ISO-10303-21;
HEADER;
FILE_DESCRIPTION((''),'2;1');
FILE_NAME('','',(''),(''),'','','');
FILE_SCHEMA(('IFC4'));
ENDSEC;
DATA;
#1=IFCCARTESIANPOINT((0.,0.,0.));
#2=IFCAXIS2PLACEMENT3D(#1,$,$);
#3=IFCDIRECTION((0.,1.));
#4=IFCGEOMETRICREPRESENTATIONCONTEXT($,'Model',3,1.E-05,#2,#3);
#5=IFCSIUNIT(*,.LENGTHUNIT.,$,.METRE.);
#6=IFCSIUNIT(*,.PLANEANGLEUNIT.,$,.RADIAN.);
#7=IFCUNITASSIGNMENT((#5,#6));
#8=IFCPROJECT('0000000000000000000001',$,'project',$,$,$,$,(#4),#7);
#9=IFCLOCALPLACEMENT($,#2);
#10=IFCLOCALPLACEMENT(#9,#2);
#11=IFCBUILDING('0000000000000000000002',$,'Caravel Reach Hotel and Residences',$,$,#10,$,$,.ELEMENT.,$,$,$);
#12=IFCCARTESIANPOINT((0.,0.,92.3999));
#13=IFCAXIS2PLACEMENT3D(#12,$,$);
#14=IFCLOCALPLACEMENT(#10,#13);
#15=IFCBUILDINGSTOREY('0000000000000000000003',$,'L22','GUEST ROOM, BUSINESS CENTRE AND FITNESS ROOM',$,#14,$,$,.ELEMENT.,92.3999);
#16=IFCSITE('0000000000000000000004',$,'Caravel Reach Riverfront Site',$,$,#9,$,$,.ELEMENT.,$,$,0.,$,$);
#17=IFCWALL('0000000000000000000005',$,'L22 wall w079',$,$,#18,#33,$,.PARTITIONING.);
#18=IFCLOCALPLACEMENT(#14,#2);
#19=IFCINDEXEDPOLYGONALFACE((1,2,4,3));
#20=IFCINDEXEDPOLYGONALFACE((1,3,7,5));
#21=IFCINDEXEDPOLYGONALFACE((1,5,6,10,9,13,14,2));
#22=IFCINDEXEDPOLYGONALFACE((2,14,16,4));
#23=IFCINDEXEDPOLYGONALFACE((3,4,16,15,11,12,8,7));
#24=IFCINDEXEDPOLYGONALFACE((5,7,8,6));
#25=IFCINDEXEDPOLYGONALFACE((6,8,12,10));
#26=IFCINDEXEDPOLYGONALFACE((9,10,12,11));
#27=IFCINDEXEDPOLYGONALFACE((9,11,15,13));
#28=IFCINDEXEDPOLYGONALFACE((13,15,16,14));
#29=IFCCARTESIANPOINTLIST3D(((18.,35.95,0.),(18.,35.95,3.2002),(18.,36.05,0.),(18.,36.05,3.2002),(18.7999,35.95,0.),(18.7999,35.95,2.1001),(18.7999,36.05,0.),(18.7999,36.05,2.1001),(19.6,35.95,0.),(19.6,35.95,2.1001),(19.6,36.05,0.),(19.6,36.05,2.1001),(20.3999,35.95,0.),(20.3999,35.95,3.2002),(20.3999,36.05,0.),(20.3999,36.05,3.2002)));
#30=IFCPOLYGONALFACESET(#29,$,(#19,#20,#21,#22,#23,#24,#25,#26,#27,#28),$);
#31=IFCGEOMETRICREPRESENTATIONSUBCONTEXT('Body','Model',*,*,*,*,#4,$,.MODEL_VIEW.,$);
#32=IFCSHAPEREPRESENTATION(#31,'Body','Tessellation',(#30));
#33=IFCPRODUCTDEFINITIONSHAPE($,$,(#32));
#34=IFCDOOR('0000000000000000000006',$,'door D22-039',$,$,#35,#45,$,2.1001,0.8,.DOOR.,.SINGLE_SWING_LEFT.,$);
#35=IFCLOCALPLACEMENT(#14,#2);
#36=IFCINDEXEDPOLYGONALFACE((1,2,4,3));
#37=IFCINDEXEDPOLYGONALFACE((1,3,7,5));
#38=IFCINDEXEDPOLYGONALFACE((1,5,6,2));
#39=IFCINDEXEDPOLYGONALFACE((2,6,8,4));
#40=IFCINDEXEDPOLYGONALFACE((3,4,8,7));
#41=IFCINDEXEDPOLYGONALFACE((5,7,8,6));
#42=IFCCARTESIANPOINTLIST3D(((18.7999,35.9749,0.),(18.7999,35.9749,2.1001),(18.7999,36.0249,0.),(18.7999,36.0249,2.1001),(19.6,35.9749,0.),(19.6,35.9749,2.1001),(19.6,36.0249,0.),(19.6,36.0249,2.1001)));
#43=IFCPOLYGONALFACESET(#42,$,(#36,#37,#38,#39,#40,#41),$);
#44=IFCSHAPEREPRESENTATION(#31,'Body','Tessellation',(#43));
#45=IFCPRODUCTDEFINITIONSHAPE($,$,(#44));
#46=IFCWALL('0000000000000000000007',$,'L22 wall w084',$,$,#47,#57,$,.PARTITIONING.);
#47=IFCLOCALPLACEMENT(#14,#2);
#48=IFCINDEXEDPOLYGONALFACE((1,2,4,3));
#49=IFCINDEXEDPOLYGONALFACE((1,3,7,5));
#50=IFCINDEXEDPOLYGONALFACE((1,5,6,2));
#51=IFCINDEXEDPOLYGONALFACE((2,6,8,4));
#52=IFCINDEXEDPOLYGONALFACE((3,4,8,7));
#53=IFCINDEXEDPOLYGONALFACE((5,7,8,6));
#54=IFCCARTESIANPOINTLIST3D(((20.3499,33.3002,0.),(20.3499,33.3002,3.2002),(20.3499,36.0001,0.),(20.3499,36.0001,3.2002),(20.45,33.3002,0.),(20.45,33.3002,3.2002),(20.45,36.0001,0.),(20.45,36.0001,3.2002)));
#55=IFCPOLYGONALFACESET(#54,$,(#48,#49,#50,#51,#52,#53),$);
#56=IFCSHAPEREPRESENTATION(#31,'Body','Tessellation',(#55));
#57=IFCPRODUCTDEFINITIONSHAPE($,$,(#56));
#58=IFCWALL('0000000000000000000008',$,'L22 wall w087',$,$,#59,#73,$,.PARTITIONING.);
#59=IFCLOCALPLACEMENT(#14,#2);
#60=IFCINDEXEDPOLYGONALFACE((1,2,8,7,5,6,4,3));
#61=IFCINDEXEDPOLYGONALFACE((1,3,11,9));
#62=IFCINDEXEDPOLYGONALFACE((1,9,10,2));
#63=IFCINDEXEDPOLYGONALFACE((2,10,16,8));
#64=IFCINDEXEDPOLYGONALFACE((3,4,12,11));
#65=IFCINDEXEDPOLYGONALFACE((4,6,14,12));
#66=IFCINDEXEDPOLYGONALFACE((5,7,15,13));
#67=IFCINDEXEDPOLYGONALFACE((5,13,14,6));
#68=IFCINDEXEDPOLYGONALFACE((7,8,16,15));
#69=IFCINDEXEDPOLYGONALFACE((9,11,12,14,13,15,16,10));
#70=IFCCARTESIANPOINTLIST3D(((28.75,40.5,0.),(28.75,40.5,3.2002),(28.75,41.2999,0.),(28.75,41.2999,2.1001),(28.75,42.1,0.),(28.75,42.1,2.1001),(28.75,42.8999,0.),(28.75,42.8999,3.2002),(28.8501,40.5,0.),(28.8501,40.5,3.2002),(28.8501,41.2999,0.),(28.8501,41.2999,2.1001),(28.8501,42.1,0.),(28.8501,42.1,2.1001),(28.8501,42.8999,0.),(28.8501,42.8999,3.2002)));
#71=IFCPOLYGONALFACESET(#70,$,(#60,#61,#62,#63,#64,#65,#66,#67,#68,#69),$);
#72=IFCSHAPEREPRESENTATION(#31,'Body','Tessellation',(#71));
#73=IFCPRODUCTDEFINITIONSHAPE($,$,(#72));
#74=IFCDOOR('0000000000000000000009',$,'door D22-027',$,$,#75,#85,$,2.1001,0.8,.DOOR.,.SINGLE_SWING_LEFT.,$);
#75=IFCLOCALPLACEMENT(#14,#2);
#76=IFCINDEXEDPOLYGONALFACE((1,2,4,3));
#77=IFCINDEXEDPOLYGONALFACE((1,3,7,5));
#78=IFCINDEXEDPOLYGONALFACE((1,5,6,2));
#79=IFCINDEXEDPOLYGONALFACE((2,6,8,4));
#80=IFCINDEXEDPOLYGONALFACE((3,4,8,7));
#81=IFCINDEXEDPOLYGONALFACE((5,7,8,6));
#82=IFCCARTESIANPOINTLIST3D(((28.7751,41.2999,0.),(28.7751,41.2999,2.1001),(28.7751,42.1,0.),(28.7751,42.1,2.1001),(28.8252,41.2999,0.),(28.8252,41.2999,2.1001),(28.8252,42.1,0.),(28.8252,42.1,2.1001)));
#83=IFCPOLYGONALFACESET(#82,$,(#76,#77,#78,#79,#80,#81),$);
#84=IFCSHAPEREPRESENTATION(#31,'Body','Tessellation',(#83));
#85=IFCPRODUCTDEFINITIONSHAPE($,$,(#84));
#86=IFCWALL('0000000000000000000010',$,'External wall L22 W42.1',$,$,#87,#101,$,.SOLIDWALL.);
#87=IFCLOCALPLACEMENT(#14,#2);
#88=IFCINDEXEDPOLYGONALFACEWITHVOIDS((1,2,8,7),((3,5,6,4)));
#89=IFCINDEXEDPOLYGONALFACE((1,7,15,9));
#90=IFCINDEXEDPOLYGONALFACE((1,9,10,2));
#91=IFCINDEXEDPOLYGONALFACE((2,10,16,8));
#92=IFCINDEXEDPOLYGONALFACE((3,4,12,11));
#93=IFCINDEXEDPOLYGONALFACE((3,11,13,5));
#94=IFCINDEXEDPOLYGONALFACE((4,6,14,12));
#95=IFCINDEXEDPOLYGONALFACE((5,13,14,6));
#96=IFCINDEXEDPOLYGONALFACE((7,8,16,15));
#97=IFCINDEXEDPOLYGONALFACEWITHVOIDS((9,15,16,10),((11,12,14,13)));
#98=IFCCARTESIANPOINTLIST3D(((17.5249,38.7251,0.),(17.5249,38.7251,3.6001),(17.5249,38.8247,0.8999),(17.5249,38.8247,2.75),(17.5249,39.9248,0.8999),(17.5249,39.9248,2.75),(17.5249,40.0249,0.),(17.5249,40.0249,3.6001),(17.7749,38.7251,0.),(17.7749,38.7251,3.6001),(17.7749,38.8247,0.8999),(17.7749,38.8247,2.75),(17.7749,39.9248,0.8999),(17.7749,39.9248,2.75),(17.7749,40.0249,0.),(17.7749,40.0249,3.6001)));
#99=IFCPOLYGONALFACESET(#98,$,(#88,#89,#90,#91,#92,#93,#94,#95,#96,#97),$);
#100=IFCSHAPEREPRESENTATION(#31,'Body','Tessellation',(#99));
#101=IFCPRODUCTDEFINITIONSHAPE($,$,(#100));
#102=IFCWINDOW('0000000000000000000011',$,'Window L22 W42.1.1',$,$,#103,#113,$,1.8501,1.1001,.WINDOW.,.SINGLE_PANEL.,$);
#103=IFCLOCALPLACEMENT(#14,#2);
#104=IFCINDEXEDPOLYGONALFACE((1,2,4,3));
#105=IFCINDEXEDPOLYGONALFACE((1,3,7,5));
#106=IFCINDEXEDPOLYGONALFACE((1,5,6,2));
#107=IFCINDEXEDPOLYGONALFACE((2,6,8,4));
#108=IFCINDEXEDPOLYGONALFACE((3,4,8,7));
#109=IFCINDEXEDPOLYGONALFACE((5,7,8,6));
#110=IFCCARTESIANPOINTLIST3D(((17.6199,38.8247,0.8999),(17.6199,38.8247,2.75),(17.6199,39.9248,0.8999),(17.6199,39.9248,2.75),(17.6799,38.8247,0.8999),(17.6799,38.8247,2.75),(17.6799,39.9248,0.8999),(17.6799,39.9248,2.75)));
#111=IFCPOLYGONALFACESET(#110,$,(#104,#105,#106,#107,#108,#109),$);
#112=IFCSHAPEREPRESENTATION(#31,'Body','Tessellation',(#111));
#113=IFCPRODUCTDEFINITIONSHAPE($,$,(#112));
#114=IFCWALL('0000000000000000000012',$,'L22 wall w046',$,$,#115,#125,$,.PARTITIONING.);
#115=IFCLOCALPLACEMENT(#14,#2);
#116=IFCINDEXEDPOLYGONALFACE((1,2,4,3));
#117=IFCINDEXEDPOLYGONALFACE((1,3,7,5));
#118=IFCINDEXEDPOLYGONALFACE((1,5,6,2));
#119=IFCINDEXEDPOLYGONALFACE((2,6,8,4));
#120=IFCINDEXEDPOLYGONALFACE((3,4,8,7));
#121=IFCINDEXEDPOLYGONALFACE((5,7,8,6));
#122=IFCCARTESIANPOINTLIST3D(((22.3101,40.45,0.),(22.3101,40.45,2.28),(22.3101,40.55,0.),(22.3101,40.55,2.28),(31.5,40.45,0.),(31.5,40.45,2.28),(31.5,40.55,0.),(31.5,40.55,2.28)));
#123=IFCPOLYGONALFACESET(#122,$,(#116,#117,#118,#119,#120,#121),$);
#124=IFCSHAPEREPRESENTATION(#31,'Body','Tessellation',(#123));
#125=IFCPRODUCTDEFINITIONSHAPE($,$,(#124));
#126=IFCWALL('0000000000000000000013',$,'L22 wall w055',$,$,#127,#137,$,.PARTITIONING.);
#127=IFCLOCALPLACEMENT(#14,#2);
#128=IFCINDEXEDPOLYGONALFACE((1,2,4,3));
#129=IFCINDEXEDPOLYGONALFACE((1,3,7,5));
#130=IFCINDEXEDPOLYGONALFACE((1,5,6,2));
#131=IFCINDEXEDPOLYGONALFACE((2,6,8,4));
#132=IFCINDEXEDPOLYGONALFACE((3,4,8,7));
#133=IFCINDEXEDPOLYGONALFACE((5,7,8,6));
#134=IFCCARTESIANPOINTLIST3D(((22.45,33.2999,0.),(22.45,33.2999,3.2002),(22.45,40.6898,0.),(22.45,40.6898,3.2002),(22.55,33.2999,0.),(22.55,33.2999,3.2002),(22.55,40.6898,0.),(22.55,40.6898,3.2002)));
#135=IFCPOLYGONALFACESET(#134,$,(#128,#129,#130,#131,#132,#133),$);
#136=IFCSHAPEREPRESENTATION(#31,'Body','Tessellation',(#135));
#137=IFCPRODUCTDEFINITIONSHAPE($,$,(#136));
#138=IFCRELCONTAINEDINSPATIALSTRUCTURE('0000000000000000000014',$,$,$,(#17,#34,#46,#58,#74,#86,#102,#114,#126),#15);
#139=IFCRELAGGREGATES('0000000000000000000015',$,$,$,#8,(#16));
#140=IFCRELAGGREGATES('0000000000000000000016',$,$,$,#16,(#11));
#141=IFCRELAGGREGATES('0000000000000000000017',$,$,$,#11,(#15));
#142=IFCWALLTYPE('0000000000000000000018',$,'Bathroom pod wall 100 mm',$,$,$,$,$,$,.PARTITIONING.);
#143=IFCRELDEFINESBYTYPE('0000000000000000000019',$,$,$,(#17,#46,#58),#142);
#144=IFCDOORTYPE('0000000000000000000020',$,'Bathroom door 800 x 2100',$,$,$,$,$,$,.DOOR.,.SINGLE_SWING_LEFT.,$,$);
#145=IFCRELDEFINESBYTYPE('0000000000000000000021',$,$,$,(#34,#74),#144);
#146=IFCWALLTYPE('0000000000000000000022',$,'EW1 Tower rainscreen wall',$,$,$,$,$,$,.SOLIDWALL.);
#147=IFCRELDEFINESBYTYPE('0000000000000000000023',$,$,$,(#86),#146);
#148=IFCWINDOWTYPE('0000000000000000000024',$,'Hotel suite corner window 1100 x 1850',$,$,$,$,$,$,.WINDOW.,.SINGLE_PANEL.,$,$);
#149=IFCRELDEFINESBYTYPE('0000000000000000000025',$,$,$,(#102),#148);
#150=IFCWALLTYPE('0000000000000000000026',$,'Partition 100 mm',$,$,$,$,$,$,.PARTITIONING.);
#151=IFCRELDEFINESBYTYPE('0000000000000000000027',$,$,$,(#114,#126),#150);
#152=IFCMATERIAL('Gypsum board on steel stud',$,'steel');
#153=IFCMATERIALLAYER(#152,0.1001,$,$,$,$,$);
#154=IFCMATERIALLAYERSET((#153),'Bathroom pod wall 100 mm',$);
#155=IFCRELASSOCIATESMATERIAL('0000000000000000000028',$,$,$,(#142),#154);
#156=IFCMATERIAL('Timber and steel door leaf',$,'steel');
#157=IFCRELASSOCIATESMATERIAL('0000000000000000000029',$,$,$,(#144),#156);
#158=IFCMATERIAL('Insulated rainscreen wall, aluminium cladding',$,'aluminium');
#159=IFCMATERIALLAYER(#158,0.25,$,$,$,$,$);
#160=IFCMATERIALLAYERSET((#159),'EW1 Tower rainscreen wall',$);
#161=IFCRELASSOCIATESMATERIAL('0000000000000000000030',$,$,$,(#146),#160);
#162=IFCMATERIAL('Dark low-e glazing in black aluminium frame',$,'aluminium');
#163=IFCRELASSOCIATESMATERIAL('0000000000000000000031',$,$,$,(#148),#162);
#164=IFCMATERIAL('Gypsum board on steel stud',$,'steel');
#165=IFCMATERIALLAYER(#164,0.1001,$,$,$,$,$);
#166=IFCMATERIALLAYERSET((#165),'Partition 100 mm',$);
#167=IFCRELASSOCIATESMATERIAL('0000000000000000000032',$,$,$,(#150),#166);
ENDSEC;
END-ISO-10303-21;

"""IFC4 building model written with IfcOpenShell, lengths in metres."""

from ifc_helpers import new_model, si_unit, direction, frame, frame_2d, origin, place, context, subcontext, project, spatial, rectangle, extrude, material, layer, layer_set, type_object, element, fill, save


model = new_model("IFC4")

# Units and contexts
model_context = context("Model", 3, precision=1e-05, world=origin(), true_north=direction((0.0, 1.0)))
body_context = subcontext(model_context, "Body", "Model", "MODEL_VIEW")
ifc_project = project(units=[si_unit("LENGTHUNIT", "METRE"), si_unit("PLANEANGLEUNIT", "RADIAN")], contexts=[model_context])

# Site, building, storey
site_placement = place(None, origin())
site = spatial("IfcSite", under=ifc_project, at=site_placement, Name="Caravel Reach Riverfront Site", CompositionType="ELEMENT", RefElevation=0.0)
building_placement = place(site_placement, origin())
building = spatial("IfcBuilding", under=site, at=building_placement, Name="Caravel Reach Hotel and Residences", CompositionType="ELEMENT")
storey_placement = place(building_placement, frame((0.0, 0.0, 92.3999)))
storey = spatial("IfcBuildingStorey", under=building, at=storey_placement, Name="L22", Description="GUEST ROOM, BUSINESS CENTRE AND FITNESS ROOM", CompositionType="ELEMENT", Elevation=92.3999)

# Wall, opening, door
ifc_material_1 = material(Name="Gypsum board on steel stud", Category="steel")
ifc_layer_1 = layer(ifc_material_1, 0.1001)
ifc_layer_set_1 = layer_set([ifc_layer_1], Name="Bathroom pod wall 100 mm")
wall_type_1 = type_object("IfcWallType", Name="Bathroom pod wall 100 mm", PredefinedType="PARTITIONING", material=ifc_layer_set_1)
wall_1_placement = place(storey_placement, frame((18.0, 36.0, 0.0), z_axis=(0.0, 0.0, 1.0), x_axis=(1.0, 0.0, 0.0)))
wall_1 = element("IfcWall", 1, at=wall_1_placement, inside=storey, type_object=wall_type_1, Name="L22 wall w079", PredefinedType="PARTITIONING", context=body_context, shape_type="SweptSolid", body=[
    extrude(rectangle(XDim=2.3999, YDim=0.1001, at=frame_2d((1.2, 0.0))), origin(), (0.0, 0.0, 1.0), 3.2002),
])
opening_1_placement = place(wall_1_placement, frame((0.8, 0.0, 0.0)))
opening_1 = element("IfcOpeningElement", 2, at=opening_1_placement, cuts=wall_1, PredefinedType="OPENING", context=body_context, shape_type="SweptSolid", body=[
    extrude(rectangle(XDim=0.8, YDim=2.1001, at=frame_2d((0.3999, 1.05))), frame((0.0, 0.0601, 0.0), z_axis=(0.0, -1.0, 0.0), x_axis=(1.0, 0.0, 0.0)), (0.0, 0.0, 1.0), 0.1201),
])
ifc_material_2 = material(Name="Timber and steel door leaf", Category="steel")
door_type = type_object("IfcDoorType", Name="Bathroom door 800 x 2100", OperationType="SINGLE_SWING_LEFT", PredefinedType="DOOR", material=ifc_material_2)
door_1_placement = place(opening_1_placement, origin())
door_1 = element("IfcDoor", 3, at=door_1_placement, inside=storey, type_object=door_type, Name="door D22-039", OperationType="SINGLE_SWING_LEFT", OverallHeight=2.1001, OverallWidth=0.8, PredefinedType="DOOR", context=body_context, shape_type="SweptSolid", body=[
    extrude(rectangle(XDim=0.8, YDim=2.1001, at=frame_2d((0.3999, 1.05))), frame((0.0, 0.0249, 0.0), z_axis=(0.0, -1.0, 0.0), x_axis=(1.0, 0.0, 0.0)), (0.0, 0.0, 1.0), 0.05),
])
fill(opening_1, door_1)

# Wall
wall_2_placement = place(storey_placement, frame((20.3999, 33.3, 0.0), z_axis=(0.0, 0.0, 1.0), x_axis=(0.0, 1.0, 0.0)))
element("IfcWall", 4, at=wall_2_placement, inside=storey, type_object=wall_type_1, Name="L22 wall w084", PredefinedType="PARTITIONING", context=body_context, shape_type="SweptSolid", body=[
    extrude(rectangle(XDim=2.7, YDim=0.1001, at=frame_2d((1.3501, 0.0))), origin(), (0.0, 0.0, 1.0), 3.2002),
])

# Wall, opening, door
wall_3_placement = place(storey_placement, frame((28.8, 40.5, 0.0), z_axis=(0.0, 0.0, 1.0), x_axis=(0.0, 1.0, 0.0)))
wall_3 = element("IfcWall", 5, at=wall_3_placement, inside=storey, type_object=wall_type_1, Name="L22 wall w087", PredefinedType="PARTITIONING", context=body_context, shape_type="SweptSolid", body=[
    extrude(rectangle(XDim=2.3999, YDim=0.1001, at=frame_2d((1.2, 0.0))), origin(), (0.0, 0.0, 1.0), 3.2002),
])
opening_2_placement = place(wall_3_placement, frame((0.8, 0.0, 0.0)))
opening_2 = element("IfcOpeningElement", 6, at=opening_2_placement, cuts=wall_3, PredefinedType="OPENING", context=body_context, shape_type="SweptSolid", body=[
    extrude(rectangle(XDim=0.8, YDim=2.1001, at=frame_2d((0.3999, 1.05))), frame((0.0, 0.0601, 0.0), z_axis=(0.0, -1.0, 0.0), x_axis=(1.0, 0.0, 0.0)), (0.0, 0.0, 1.0), 0.1201),
])
door_2_placement = place(opening_2_placement, origin())
door_2 = element("IfcDoor", 7, at=door_2_placement, inside=storey, type_object=door_type, Name="door D22-027", OperationType="SINGLE_SWING_LEFT", OverallHeight=2.1001, OverallWidth=0.8, PredefinedType="DOOR", context=body_context, shape_type="SweptSolid", body=[
    extrude(rectangle(XDim=0.8, YDim=2.1001, at=frame_2d((0.3999, 1.05))), frame((0.0, 0.0249, 0.0), z_axis=(0.0, -1.0, 0.0), x_axis=(1.0, 0.0, 0.0)), (0.0, 0.0, 1.0), 0.05),
])
fill(opening_2, door_2)

# Wall, opening, window
ifc_material_3 = material(Name="Insulated rainscreen wall, aluminium cladding", Category="aluminium")
ifc_layer_2 = layer(ifc_material_3, 0.25)
ifc_layer_set_2 = layer_set([ifc_layer_2], Name="EW1 Tower rainscreen wall")
wall_type_2 = type_object("IfcWallType", Name="EW1 Tower rainscreen wall", PredefinedType="SOLIDWALL", material=ifc_layer_set_2)
wall_4_placement = place(storey_placement, frame((17.6499, 40.0249, 0.0), z_axis=(0.0, 0.0, 1.0), x_axis=(0.0, -1.0, 0.0)))
wall_4 = element("IfcWall", 8, at=wall_4_placement, inside=storey, type_object=wall_type_2, Name="External wall L22 W42.1", PredefinedType="SOLIDWALL", context=body_context, shape_type="SweptSolid", body=[
    extrude(rectangle(XDim=1.2998, YDim=0.25, at=frame_2d((0.6499, 0.0))), origin(), (0.0, 0.0, 1.0), 3.6001),
])
opening_3_placement = place(wall_4_placement, frame((0.1001, 0.0, 0.8999)))
opening_3 = element("IfcOpeningElement", 9, at=opening_3_placement, cuts=wall_4, PredefinedType="OPENING", context=body_context, shape_type="SweptSolid", body=[
    extrude(rectangle(XDim=1.1001, YDim=1.8501, at=frame_2d((0.55, 0.925))), frame((0.0, 0.135, 0.0), z_axis=(0.0, -1.0, 0.0), x_axis=(1.0, 0.0, 0.0)), (0.0, 0.0, 1.0), 0.27),
])
ifc_material_4 = material(Name="Dark low-e glazing in black aluminium frame", Category="aluminium")
window_type = type_object("IfcWindowType", Name="Hotel suite corner window 1100 x 1850", PartitioningType="SINGLE_PANEL", PredefinedType="WINDOW", material=ifc_material_4)
window_placement = place(opening_3_placement, origin())
window = element("IfcWindow", 10, at=window_placement, inside=storey, type_object=window_type, Name="Window L22 W42.1.1", OverallHeight=1.8501, OverallWidth=1.1001, PartitioningType="SINGLE_PANEL", PredefinedType="WINDOW", context=body_context, shape_type="SweptSolid", body=[
    extrude(rectangle(XDim=1.1001, YDim=1.8501, at=frame_2d((0.55, 0.925))), frame((0.0, 0.03, 0.0), z_axis=(0.0, -1.0, 0.0), x_axis=(1.0, 0.0, 0.0)), (0.0, 0.0, 1.0), 0.0601),
])
fill(opening_3, window)

# Walls
ifc_material_5 = material(Name="Gypsum board on steel stud", Category="steel")
ifc_layer_3 = layer(ifc_material_5, 0.1001)
ifc_layer_set_3 = layer_set([ifc_layer_3], Name="Partition 100 mm")
wall_type_3 = type_object("IfcWallType", Name="Partition 100 mm", PredefinedType="PARTITIONING", material=ifc_layer_set_3)
wall_5_placement = place(storey_placement, frame((22.3101, 40.5, 0.0), z_axis=(0.0, 0.0, 1.0), x_axis=(1.0, 0.0, 0.0)))
element("IfcWall", 11, at=wall_5_placement, inside=storey, type_object=wall_type_3, Name="L22 wall w046", PredefinedType="PARTITIONING", context=body_context, shape_type="SweptSolid", body=[
    extrude(rectangle(XDim=9.1899, YDim=0.1001, at=frame_2d((4.595, 0.0))), origin(), (0.0, 0.0, 1.0), 2.28),
])
wall_6_placement = place(storey_placement, frame((22.5, 33.3, 0.0), z_axis=(0.0, 0.0, 1.0), x_axis=(0.0, 1.0, 0.0)))
element("IfcWall", 12, at=wall_6_placement, inside=storey, type_object=wall_type_3, Name="L22 wall w055", PredefinedType="PARTITIONING", context=body_context, shape_type="SweptSolid", body=[
    extrude(rectangle(XDim=7.3899, YDim=0.1001, at=frame_2d((3.6948, 0.0))), origin(), (0.0, 0.0, 1.0), 3.2002),
])

save(model, "model.ifc")
